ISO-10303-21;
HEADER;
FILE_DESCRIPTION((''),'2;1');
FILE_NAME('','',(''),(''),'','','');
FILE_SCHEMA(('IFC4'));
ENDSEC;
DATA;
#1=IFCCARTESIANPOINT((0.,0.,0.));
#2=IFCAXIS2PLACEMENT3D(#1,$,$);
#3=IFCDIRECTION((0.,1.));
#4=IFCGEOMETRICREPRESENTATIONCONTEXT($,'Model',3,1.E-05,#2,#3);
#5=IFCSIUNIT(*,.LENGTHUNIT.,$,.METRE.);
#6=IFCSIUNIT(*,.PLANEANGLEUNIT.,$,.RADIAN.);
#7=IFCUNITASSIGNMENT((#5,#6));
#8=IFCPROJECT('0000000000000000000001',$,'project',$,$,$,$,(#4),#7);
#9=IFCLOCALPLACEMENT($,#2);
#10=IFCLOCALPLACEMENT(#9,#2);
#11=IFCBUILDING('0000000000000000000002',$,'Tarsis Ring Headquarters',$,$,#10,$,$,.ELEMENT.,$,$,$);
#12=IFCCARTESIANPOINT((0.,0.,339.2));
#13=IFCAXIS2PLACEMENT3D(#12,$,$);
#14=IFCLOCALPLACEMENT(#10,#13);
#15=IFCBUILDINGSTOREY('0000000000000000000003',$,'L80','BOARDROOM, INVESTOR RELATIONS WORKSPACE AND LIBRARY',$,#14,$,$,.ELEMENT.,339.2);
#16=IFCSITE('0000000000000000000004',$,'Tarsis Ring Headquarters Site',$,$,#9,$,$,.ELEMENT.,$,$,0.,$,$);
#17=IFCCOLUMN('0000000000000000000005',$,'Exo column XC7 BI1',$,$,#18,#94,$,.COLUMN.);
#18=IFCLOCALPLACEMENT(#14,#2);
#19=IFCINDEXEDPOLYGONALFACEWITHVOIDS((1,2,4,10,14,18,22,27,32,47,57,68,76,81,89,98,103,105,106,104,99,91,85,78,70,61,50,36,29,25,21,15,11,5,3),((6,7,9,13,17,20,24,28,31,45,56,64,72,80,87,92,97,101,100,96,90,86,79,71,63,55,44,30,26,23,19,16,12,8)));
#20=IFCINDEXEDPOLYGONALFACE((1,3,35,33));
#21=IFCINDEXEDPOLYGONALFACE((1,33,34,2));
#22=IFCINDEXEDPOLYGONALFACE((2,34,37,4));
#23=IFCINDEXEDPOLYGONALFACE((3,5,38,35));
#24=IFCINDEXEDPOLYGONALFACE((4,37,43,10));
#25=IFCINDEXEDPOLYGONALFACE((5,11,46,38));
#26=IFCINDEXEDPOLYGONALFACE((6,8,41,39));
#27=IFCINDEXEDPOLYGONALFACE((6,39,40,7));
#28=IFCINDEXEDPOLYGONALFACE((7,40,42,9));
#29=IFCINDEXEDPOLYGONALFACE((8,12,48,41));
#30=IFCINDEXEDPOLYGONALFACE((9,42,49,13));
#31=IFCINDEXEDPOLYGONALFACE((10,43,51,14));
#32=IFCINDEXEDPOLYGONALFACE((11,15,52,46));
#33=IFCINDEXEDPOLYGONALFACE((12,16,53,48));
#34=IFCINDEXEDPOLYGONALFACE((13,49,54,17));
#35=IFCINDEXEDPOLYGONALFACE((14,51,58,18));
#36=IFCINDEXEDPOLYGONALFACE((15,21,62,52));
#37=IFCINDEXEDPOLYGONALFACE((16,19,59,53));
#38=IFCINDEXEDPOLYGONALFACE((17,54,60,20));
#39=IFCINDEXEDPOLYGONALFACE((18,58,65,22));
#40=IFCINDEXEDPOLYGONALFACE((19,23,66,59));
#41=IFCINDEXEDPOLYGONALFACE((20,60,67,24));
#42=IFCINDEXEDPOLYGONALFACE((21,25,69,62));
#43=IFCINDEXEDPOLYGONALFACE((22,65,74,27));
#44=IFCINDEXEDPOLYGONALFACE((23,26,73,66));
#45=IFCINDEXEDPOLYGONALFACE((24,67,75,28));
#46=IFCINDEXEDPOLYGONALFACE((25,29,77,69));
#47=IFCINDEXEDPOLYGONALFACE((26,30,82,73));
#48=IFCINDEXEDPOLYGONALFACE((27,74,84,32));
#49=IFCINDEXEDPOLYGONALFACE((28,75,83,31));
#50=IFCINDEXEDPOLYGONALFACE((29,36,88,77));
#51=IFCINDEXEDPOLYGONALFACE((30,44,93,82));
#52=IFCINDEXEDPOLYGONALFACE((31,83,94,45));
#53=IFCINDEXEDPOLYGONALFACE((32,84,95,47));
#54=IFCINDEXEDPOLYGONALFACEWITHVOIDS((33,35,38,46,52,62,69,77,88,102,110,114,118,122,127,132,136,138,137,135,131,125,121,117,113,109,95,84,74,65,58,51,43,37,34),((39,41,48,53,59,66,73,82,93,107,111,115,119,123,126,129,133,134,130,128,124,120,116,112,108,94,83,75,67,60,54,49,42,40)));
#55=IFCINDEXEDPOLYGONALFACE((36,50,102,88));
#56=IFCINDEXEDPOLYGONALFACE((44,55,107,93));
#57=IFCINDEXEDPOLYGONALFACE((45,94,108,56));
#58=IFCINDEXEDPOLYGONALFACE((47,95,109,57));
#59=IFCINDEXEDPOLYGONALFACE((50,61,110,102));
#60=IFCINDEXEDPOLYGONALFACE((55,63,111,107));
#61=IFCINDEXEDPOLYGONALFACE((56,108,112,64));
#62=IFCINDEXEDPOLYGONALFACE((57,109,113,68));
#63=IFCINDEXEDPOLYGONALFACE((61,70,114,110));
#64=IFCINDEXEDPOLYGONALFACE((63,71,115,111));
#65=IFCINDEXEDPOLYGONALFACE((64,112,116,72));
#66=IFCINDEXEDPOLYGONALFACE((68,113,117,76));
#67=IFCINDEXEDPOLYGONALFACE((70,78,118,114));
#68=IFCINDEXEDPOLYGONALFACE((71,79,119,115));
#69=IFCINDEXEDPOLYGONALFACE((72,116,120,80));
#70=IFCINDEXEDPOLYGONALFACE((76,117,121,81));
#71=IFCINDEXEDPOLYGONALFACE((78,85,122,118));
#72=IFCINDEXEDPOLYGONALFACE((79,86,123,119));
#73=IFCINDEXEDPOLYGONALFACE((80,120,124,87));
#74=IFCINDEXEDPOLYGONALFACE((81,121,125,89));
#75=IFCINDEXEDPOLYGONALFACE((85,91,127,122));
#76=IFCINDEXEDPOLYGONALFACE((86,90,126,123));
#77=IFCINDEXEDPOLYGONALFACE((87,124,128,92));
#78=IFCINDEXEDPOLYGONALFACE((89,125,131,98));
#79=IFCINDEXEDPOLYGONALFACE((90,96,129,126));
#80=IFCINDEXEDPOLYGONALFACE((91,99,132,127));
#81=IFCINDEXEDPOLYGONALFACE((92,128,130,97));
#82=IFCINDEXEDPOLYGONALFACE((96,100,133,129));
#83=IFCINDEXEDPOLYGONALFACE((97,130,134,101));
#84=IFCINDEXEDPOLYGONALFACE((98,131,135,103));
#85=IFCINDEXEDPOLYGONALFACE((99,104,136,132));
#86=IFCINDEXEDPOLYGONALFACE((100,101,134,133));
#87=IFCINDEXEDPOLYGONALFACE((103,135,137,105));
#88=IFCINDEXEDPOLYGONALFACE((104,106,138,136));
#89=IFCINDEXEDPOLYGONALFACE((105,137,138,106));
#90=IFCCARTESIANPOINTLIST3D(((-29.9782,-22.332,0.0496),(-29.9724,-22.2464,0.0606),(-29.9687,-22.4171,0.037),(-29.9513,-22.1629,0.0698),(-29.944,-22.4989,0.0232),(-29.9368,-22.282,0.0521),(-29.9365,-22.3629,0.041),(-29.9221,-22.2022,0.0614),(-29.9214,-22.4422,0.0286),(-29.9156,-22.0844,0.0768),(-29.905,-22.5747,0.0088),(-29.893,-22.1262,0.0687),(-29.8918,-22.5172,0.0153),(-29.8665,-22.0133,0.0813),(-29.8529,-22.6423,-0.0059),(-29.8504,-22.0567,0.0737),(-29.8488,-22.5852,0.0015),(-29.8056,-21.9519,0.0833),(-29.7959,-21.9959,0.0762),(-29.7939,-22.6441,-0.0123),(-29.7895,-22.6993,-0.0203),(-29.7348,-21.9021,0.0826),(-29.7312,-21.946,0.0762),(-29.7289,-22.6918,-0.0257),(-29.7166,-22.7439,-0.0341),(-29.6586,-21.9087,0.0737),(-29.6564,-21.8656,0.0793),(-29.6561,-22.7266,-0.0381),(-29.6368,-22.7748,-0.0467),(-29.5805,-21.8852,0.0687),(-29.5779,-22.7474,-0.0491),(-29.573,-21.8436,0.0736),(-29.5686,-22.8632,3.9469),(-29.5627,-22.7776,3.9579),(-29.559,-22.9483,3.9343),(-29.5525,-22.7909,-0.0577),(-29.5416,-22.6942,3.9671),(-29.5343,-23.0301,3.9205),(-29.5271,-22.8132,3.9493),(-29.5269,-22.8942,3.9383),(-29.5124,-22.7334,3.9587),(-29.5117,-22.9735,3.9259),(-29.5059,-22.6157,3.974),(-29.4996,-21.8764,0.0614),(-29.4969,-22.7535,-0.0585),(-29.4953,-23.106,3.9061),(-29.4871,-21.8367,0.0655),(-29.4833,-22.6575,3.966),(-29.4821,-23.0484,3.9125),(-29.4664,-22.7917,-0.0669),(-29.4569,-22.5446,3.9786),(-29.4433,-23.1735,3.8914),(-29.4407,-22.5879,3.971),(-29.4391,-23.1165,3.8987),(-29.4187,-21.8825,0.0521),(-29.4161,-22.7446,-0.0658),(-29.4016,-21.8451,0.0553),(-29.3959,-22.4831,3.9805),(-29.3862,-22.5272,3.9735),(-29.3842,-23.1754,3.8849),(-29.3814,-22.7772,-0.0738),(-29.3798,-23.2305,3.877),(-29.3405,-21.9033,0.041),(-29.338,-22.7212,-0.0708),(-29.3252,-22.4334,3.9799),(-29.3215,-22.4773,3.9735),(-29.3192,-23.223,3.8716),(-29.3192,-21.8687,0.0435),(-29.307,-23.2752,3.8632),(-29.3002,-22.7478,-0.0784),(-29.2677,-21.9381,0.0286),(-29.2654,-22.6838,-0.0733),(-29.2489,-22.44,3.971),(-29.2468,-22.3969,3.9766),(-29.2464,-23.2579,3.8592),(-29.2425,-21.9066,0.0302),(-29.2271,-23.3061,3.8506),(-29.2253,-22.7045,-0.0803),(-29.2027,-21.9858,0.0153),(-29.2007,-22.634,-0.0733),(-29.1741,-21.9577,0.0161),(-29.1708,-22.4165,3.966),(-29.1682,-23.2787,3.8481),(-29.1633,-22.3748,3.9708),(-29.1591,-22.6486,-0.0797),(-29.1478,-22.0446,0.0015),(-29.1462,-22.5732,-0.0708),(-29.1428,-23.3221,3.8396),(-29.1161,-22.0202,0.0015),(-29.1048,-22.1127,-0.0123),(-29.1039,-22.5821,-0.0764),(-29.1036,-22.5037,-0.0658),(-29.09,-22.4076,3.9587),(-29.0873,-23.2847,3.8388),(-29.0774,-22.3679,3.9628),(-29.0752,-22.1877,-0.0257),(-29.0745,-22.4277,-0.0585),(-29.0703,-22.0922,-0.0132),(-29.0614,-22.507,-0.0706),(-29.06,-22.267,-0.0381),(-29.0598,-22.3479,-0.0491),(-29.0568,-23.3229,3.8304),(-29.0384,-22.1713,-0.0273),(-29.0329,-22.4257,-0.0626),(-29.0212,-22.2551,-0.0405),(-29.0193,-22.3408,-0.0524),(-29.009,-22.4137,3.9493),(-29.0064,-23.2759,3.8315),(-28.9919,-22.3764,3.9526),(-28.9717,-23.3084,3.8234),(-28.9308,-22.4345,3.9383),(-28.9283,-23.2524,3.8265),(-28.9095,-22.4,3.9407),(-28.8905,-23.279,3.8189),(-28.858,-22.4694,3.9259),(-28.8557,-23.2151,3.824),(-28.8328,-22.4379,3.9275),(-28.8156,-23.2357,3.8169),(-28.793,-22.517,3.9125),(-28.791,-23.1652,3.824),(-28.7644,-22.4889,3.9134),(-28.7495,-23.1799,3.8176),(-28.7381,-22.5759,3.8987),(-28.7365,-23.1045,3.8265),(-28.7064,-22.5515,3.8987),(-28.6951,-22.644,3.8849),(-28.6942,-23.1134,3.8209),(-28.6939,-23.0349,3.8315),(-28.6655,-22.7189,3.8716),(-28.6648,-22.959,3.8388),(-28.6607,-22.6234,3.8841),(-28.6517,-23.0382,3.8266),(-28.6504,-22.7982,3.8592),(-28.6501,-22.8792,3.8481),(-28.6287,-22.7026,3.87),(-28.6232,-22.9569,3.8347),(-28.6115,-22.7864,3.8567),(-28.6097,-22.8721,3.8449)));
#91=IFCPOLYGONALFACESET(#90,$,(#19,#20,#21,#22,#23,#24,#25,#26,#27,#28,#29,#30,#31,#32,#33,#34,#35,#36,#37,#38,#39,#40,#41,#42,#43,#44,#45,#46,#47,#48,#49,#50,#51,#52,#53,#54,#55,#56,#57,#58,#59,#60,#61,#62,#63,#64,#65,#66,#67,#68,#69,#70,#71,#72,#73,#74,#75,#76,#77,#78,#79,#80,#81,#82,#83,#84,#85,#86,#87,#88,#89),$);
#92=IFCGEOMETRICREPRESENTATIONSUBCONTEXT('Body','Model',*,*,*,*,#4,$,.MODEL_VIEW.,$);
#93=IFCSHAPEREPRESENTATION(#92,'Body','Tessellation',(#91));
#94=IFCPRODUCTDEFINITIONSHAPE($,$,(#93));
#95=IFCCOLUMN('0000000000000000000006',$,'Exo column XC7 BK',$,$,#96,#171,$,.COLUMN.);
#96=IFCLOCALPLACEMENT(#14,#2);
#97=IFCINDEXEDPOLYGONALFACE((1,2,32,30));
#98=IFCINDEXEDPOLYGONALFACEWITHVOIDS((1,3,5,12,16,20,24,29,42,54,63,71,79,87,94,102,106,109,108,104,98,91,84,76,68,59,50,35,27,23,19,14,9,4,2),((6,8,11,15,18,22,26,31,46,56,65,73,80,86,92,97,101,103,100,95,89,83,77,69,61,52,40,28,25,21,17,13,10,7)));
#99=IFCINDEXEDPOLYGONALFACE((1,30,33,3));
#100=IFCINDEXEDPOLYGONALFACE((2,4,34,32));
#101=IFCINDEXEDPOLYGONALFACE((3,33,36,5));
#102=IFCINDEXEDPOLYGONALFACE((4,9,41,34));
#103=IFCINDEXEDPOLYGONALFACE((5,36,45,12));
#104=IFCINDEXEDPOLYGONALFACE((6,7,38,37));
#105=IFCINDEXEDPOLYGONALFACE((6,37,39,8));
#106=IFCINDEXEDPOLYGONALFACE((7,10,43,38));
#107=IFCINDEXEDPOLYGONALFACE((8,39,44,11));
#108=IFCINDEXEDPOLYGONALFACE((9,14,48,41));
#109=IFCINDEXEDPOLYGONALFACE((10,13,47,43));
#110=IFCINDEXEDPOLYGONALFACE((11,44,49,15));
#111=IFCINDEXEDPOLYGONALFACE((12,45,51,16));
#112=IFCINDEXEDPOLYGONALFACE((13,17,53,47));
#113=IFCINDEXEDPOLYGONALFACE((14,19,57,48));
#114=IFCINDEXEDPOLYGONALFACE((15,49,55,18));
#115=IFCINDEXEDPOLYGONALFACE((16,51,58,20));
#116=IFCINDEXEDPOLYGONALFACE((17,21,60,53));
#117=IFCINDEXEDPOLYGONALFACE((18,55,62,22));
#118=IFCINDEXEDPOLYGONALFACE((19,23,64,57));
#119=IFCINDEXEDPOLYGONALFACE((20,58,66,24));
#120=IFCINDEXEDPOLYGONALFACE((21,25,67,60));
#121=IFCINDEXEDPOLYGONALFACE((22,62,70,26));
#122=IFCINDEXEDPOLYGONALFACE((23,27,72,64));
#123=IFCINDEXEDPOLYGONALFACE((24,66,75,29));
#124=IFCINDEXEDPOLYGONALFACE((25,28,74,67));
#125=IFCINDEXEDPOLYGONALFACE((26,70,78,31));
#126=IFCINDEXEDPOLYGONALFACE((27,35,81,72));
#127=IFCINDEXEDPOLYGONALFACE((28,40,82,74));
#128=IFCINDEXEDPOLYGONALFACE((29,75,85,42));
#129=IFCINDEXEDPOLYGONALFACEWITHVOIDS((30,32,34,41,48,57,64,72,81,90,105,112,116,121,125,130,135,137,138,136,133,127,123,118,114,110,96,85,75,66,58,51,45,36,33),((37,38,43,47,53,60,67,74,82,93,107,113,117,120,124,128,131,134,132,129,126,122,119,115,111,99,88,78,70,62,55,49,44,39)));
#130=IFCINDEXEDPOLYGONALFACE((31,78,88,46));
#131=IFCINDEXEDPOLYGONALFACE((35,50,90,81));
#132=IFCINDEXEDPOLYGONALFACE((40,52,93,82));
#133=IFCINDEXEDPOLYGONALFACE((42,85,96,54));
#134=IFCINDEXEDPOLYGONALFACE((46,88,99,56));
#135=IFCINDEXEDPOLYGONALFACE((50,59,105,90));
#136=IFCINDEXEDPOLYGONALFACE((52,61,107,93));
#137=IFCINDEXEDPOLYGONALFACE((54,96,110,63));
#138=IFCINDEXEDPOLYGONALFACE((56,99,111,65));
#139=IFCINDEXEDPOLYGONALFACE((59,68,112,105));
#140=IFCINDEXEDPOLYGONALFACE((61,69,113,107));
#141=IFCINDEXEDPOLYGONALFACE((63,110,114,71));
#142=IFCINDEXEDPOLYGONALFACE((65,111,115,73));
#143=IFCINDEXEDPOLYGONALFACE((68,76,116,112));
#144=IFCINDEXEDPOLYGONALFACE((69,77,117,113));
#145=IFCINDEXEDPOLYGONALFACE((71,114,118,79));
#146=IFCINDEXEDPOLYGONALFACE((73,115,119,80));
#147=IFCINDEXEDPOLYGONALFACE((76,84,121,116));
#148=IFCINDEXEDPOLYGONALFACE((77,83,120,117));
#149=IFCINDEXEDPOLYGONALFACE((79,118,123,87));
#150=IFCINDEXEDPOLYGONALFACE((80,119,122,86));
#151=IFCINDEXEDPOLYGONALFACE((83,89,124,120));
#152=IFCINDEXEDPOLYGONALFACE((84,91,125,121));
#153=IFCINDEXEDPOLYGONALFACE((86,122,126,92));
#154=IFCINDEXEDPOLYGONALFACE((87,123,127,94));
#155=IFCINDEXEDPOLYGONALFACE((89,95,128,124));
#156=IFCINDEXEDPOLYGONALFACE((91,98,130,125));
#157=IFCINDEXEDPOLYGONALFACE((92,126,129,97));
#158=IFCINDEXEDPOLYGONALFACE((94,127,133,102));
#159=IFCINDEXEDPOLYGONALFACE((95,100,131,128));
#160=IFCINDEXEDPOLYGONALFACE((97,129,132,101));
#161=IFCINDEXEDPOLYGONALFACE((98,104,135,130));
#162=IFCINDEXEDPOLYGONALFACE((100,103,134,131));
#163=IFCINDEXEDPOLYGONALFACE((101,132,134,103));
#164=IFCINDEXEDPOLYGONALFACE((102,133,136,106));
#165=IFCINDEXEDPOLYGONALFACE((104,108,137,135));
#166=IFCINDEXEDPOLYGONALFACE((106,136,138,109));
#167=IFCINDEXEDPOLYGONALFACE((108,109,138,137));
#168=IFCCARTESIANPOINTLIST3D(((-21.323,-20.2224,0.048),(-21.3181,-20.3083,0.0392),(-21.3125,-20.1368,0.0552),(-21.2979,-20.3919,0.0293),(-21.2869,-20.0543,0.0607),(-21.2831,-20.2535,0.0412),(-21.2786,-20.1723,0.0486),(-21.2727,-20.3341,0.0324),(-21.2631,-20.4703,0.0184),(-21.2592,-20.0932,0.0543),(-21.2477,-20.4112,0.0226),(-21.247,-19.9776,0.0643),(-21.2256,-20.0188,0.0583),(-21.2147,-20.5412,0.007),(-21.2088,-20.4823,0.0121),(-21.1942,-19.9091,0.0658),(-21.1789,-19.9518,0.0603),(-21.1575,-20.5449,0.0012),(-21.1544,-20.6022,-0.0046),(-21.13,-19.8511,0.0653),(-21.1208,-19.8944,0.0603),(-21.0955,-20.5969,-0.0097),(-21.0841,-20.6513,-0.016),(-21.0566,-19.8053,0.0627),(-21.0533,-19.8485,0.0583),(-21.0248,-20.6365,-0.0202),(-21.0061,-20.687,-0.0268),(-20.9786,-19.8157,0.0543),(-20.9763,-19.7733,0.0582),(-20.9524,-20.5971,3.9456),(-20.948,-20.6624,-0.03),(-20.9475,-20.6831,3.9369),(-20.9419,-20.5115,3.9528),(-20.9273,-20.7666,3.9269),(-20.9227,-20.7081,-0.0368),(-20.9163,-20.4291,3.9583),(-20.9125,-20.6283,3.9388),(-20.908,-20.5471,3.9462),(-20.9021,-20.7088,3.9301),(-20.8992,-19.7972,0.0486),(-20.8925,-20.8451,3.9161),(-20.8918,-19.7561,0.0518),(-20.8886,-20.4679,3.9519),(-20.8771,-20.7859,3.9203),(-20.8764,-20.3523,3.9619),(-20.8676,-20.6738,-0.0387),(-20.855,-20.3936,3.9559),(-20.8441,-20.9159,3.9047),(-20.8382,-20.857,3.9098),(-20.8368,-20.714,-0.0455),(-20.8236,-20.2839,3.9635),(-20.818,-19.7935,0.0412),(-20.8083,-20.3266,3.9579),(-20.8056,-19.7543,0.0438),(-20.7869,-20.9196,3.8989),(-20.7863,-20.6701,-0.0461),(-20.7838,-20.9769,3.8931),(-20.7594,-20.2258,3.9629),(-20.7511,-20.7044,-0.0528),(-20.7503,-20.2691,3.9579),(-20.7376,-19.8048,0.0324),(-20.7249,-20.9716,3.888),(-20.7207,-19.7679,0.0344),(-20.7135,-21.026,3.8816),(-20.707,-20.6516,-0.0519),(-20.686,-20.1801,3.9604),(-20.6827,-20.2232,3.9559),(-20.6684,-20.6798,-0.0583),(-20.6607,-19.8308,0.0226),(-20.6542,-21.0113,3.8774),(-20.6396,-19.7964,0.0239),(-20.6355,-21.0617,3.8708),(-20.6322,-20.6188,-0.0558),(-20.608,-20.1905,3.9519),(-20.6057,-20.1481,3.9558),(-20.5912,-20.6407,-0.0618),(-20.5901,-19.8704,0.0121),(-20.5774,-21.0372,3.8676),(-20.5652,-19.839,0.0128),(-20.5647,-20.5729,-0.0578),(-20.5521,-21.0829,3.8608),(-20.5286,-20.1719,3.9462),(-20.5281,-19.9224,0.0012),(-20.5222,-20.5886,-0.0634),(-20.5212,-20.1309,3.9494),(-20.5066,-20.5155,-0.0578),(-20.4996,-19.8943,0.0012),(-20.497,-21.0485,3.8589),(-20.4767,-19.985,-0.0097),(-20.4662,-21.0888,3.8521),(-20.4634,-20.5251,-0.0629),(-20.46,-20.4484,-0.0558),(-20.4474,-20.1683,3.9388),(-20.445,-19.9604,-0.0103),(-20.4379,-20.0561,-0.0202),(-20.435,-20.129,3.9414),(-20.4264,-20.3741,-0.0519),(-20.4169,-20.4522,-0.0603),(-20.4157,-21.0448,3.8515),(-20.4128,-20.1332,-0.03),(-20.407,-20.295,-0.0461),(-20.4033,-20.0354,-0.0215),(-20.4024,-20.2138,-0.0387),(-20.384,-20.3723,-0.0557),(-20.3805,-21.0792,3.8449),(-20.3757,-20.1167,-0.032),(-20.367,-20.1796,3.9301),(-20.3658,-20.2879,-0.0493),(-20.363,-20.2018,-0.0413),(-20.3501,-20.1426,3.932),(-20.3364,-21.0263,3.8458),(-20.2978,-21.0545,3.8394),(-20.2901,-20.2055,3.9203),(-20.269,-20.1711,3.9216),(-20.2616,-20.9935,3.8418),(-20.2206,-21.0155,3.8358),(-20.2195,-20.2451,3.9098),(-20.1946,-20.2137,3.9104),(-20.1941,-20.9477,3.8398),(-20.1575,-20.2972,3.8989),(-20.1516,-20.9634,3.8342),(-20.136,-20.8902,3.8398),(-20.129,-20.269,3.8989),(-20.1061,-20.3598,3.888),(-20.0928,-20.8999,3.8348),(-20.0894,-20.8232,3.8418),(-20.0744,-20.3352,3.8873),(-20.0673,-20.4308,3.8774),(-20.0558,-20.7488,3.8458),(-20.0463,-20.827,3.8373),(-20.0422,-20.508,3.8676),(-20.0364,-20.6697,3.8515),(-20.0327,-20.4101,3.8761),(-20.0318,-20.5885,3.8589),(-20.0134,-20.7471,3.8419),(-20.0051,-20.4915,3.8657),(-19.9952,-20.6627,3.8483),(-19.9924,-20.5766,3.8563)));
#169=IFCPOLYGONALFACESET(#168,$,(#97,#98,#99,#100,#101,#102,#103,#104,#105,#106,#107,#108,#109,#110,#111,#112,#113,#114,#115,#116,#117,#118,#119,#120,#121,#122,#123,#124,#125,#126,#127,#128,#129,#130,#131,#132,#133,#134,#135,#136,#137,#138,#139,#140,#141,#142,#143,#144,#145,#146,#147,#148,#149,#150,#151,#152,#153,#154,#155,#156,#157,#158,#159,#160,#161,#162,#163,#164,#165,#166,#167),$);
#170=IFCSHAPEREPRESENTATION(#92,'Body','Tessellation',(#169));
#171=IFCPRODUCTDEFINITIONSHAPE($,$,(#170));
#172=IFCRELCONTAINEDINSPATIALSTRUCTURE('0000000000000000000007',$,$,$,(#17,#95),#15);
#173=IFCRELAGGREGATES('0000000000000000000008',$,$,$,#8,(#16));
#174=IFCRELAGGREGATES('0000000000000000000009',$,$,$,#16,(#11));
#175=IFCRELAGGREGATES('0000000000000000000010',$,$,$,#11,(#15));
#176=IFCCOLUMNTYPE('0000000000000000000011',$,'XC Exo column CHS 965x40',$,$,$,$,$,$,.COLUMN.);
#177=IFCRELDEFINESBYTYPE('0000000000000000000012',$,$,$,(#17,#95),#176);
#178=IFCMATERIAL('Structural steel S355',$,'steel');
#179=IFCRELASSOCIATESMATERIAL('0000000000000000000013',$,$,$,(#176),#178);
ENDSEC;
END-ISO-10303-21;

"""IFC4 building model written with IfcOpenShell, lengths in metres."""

from ifc_helpers import new_model, si_unit, direction, frame, origin, origin_2d, place, context, subcontext, project, spatial, hollow_circle, extrude, material, material_profile, profile_set, type_object, element, save


model = new_model("IFC4")

# Units and contexts
model_context = context("Model", 3, precision=1e-05, world=origin(), true_north=direction((0.0, 1.0)))
body_context = subcontext(model_context, "Body", "Model", "MODEL_VIEW")
ifc_project = project(units=[si_unit("LENGTHUNIT", "METRE"), si_unit("PLANEANGLEUNIT", "RADIAN")], contexts=[model_context])

# Site, building, storey
site_placement = place(None, origin())
site = spatial("IfcSite", under=ifc_project, at=site_placement, Name="Tarsis Ring Headquarters Site", CompositionType="ELEMENT", RefElevation=0.0)
building_placement = place(site_placement, origin())
building = spatial("IfcBuilding", under=site, at=building_placement, Name="Tarsis Ring Headquarters", CompositionType="ELEMENT")
storey_placement = place(building_placement, frame((0.0, 0.0, 339.2)))
storey = spatial("IfcBuildingStorey", under=building, at=storey_placement, Name="L80", Description="BOARDROOM, INVESTOR RELATIONS WORKSPACE AND LIBRARY", CompositionType="ELEMENT", Elevation=339.2)

# Columns
ifc_material_1 = material(Name="Structural steel S355", Category="steel")
ifc_material_profile_1 = material_profile(ifc_material_1, hollow_circle(Radius=0.4827, WallThickness=0.04, at=origin_2d()), Name="CHS 965x40")
ifc_profile_set_1 = profile_set([ifc_material_profile_1], Name="Structural steel S355")
column_type = type_object("IfcColumnType", Name="XC Exo column CHS 965x40", PredefinedType="COLUMN", material=ifc_profile_set_1)
column_1_placement = place(storey_placement, frame((-29.4983, -22.3149, 0.0015), z_axis=(0.103594, -0.134339, 0.985506), x_axis=(0.791893, 0.61066, 0.0)))
element("IfcColumn", 1, at=column_1_placement, inside=storey, type_object=column_type, Name="Exo column XC7 BI1", PredefinedType="COLUMN", context=body_context, shape_type="SweptSolid", body=[
    extrude(hollow_circle(Radius=0.4827, WallThickness=0.04, at=origin_2d()), origin(), (0.0, 0.0, 1.0), 3.9546),
])
column_2_placement = place(storey_placement, frame((-20.8428, -20.2336, 0.0012), z_axis=(0.094225, -0.095281, 0.990981), x_axis=(0.711033, 0.703159, 0.0)))
element("IfcColumn", 2, at=column_2_placement, inside=storey, type_object=column_type, Name="Exo column XC7 BK", PredefinedType="COLUMN", context=body_context, shape_type="SweptSolid", body=[
    extrude(hollow_circle(Radius=0.4827, WallThickness=0.04, at=origin_2d()), origin(), (0.0, 0.0, 1.0), 3.9331),
])

save(model, "model.ifc")
